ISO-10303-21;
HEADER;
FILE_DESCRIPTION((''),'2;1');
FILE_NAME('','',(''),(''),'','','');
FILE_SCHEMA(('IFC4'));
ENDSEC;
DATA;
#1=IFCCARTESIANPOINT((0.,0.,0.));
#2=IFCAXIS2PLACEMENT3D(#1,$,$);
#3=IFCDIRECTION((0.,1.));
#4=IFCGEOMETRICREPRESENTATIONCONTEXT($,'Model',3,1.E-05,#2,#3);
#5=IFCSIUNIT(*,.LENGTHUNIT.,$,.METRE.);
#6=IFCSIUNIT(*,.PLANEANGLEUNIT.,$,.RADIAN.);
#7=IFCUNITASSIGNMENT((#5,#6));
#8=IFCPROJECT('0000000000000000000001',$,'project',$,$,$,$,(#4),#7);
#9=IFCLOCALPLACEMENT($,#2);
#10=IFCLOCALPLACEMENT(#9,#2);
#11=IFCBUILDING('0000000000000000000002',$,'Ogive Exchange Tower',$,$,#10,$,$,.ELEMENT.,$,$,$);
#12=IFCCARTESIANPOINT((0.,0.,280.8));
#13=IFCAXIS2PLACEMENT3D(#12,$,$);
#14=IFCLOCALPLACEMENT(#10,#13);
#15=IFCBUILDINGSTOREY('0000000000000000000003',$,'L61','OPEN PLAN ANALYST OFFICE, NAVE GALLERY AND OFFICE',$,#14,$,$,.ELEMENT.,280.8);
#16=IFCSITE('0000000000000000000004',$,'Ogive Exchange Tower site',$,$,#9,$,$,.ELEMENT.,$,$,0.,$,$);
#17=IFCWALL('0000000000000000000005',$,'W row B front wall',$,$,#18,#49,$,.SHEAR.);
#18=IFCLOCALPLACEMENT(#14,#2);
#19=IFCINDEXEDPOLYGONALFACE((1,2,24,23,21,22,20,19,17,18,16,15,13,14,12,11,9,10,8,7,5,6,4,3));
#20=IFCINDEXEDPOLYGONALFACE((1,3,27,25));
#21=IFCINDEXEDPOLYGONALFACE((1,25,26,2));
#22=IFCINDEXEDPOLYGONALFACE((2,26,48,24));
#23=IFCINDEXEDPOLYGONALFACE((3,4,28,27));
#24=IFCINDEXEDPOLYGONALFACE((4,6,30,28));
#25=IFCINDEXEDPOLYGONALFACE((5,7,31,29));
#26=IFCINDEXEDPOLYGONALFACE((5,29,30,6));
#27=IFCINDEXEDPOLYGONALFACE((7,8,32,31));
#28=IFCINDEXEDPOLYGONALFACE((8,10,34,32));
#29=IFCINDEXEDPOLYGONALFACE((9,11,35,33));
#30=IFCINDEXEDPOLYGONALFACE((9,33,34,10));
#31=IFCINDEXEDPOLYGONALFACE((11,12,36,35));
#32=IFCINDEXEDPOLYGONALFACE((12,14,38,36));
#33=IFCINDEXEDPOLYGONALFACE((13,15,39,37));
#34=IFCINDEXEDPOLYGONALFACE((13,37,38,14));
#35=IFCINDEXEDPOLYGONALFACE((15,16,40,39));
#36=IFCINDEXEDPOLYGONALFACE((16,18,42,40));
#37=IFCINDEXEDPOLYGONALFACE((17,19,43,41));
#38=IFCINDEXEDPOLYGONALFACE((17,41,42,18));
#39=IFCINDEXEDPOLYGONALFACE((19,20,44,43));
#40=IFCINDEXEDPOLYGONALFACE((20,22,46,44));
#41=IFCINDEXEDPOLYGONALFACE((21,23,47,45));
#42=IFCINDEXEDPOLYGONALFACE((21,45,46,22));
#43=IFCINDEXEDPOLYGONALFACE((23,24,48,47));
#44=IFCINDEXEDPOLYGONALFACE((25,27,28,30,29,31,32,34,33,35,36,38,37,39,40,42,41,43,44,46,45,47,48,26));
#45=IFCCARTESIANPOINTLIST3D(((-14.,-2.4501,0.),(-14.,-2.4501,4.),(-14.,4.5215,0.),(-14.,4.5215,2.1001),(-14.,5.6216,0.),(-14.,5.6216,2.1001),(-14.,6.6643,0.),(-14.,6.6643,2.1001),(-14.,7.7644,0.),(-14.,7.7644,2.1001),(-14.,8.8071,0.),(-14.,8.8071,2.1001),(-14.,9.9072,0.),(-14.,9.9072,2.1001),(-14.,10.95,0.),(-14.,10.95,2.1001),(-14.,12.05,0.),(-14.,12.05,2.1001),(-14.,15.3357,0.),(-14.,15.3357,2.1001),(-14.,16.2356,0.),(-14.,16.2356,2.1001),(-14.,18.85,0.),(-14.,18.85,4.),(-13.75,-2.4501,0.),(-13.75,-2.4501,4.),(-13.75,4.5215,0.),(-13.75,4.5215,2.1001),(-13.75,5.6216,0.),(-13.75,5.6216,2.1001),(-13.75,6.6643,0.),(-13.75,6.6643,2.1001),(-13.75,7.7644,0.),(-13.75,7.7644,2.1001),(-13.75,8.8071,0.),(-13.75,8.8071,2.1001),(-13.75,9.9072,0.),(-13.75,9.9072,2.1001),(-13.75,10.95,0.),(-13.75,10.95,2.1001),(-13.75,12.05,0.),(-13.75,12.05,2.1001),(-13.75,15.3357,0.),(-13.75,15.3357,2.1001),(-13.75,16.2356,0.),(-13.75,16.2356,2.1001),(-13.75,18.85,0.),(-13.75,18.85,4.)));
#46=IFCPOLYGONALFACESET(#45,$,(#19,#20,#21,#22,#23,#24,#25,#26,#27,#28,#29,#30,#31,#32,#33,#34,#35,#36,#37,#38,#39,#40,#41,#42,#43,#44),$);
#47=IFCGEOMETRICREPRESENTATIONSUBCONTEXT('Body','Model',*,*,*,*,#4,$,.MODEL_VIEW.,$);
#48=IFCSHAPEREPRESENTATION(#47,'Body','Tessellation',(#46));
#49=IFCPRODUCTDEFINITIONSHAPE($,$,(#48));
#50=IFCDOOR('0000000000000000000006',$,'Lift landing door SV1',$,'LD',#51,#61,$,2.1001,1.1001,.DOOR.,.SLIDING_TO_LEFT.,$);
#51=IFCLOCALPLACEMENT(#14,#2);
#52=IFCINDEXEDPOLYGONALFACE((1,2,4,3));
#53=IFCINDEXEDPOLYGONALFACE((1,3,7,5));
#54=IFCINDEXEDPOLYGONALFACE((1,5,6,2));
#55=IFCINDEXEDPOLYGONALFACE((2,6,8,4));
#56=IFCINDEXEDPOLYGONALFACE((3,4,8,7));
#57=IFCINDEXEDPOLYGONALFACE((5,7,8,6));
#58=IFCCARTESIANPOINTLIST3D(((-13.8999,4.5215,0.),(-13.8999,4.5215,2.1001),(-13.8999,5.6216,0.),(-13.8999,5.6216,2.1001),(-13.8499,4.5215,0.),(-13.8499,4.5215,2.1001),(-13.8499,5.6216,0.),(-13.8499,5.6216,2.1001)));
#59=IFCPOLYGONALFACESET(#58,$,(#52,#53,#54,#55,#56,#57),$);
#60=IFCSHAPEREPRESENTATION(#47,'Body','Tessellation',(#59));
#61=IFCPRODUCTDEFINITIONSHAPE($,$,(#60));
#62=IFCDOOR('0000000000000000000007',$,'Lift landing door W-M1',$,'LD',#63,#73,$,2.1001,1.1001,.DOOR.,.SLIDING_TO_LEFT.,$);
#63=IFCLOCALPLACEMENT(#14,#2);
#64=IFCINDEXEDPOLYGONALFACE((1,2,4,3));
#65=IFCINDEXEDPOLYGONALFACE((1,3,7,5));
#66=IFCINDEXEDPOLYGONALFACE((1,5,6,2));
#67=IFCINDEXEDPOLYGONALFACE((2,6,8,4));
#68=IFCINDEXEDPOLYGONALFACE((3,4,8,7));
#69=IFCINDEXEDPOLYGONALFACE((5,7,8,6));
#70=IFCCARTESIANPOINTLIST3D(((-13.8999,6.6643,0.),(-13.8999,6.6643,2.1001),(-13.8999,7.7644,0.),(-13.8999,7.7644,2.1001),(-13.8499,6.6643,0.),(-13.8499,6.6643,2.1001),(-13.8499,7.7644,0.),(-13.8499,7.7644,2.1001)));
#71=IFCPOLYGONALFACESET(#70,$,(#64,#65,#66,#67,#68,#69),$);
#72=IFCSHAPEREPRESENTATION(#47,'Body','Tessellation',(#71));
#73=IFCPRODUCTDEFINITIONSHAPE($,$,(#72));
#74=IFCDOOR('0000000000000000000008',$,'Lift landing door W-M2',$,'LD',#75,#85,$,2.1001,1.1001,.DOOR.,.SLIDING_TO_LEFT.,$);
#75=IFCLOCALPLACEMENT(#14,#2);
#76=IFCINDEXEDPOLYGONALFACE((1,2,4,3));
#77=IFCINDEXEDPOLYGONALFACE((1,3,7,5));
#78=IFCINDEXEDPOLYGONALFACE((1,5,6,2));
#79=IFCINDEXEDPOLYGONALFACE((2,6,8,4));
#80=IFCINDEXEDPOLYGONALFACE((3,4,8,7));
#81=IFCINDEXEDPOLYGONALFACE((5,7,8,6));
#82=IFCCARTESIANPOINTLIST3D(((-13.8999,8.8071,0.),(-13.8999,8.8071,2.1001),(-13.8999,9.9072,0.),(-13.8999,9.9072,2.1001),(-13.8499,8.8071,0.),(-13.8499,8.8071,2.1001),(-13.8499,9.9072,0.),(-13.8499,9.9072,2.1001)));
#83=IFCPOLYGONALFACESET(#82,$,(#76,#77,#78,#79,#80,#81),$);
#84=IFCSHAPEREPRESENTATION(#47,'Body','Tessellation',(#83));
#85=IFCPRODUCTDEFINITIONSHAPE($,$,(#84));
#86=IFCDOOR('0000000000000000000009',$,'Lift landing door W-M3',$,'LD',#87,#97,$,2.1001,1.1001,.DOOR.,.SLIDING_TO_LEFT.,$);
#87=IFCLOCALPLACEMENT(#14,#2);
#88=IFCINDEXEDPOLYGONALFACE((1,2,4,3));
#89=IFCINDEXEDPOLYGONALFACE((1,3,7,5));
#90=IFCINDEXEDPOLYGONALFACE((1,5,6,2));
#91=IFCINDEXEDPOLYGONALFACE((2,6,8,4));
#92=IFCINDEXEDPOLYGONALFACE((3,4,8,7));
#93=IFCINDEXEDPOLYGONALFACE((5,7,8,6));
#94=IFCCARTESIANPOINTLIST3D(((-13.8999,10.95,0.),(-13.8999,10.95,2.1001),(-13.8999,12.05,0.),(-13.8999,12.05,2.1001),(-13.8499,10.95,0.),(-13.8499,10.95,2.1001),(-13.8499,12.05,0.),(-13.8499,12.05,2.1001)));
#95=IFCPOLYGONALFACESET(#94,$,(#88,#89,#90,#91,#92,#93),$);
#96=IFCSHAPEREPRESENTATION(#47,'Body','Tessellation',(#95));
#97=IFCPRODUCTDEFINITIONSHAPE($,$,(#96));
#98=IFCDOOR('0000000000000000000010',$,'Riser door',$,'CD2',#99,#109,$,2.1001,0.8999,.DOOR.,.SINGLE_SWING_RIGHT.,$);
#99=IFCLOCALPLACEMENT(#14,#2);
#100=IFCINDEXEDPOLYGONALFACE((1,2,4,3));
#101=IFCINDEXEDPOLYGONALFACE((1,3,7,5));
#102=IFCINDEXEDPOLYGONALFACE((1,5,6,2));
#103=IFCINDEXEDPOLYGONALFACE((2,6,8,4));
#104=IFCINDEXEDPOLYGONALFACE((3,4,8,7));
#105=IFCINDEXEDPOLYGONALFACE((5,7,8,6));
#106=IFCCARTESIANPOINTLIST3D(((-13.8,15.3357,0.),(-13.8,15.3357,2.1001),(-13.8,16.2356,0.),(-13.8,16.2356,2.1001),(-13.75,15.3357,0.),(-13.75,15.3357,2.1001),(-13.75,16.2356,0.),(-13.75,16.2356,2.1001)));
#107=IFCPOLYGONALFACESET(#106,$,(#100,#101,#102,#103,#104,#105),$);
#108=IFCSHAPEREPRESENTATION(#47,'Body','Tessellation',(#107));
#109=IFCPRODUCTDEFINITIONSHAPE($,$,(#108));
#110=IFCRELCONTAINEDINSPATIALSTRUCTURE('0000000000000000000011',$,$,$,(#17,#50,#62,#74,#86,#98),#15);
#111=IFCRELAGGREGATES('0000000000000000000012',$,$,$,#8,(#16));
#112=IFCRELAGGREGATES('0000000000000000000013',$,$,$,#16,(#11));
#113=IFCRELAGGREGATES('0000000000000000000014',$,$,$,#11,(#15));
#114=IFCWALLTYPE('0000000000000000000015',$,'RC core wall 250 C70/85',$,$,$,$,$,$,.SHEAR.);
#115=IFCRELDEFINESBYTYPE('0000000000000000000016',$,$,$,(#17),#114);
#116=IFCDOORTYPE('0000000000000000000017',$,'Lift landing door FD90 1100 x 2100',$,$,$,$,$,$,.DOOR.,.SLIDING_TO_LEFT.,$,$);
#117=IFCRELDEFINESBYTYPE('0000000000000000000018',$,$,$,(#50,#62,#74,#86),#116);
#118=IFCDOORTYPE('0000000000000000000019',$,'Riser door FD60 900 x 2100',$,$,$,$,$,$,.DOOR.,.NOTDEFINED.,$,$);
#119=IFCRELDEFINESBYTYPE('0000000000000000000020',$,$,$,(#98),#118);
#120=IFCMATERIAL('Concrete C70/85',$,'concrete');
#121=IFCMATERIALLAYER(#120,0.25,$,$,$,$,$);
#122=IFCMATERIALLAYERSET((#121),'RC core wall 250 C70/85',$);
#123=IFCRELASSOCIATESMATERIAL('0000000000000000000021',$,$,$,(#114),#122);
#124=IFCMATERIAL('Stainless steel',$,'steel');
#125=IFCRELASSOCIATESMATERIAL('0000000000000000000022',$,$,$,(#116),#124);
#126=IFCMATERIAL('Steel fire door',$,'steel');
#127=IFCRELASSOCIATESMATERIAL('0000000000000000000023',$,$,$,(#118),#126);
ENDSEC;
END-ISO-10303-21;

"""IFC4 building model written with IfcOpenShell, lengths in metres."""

from ifc_helpers import new_model, si_unit, direction, frame, frame_2d, origin, place, context, subcontext, project, spatial, rectangle, extrude, material, layer, layer_set, type_object, element, fill, save


model = new_model("IFC4")

# Units and contexts
model_context = context("Model", 3, precision=1e-05, world=origin(), true_north=direction((0.0, 1.0)))
body_context = subcontext(model_context, "Body", "Model", "MODEL_VIEW")
ifc_project = project(units=[si_unit("LENGTHUNIT", "METRE"), si_unit("PLANEANGLEUNIT", "RADIAN")], contexts=[model_context])

# Site, building, storey
site_placement = place(None, origin())
site = spatial("IfcSite", under=ifc_project, at=site_placement, Name="Ogive Exchange Tower site", CompositionType="ELEMENT", RefElevation=0.0)
building_placement = place(site_placement, origin())
building = spatial("IfcBuilding", under=site, at=building_placement, Name="Ogive Exchange Tower", CompositionType="ELEMENT")
storey_placement = place(building_placement, frame((0.0, 0.0, 280.8)))
storey = spatial("IfcBuildingStorey", under=building, at=storey_placement, Name="L61", Description="OPEN PLAN ANALYST OFFICE, NAVE GALLERY AND OFFICE", CompositionType="ELEMENT", Elevation=280.8)

# Shared definitions
ifc_material_1 = material(Name="Concrete C70/85", Category="concrete")
ifc_layer_1 = layer(ifc_material_1, 0.25)
ifc_layer_set_1 = layer_set([ifc_layer_1], Name="RC core wall 250 C70/85")
wall_type_1 = type_object("IfcWallType", Name="RC core wall 250 C70/85", PredefinedType="SHEAR", material=ifc_layer_set_1)
ifc_material_2 = material(Name="Steel fire door", Category="steel")

# Wall, openings, doors
wall_1_placement = place(storey_placement, frame((-13.875, -2.45, 0.0), z_axis=(0.0, 0.0, 1.0), x_axis=(0.0, 1.0, 0.0)))
wall_1 = element("IfcWall", 1, at=wall_1_placement, inside=storey, type_object=wall_type_1, Name="W row B front wall", PredefinedType="SHEAR", context=body_context, shape_type="SweptSolid", body=[
    extrude(rectangle(XDim=21.3, YDim=0.25, at=frame_2d((10.6499, 0.0))), origin(), (0.0, 0.0, 1.0), 4.0),
])
opening_1_placement = place(wall_1_placement, frame((17.7856, 0.0, 0.0)))
opening_1 = element("IfcOpeningElement", 2, at=opening_1_placement, cuts=wall_1, PredefinedType="OPENING", context=body_context, shape_type="SweptSolid", body=[
    extrude(rectangle(XDim=0.8999, YDim=2.1001, at=frame_2d((0.45, 1.05))), frame((0.0, 0.135, 0.0), z_axis=(0.0, -1.0, 0.0), x_axis=(1.0, 0.0, 0.0)), (0.0, 0.0, 1.0), 0.27),
])
opening_2_placement = place(wall_1_placement, frame((6.9714, 0.0, 0.0)))
opening_2 = element("IfcOpeningElement", 3, at=opening_2_placement, cuts=wall_1, PredefinedType="OPENING", context=body_context, shape_type="SweptSolid", body=[
    extrude(rectangle(XDim=1.1001, YDim=2.1001, at=frame_2d((0.55, 1.05))), frame((0.0, 0.135, 0.0), z_axis=(0.0, -1.0, 0.0), x_axis=(1.0, 0.0, 0.0)), (0.0, 0.0, 1.0), 0.27),
])
opening_3_placement = place(wall_1_placement, frame((9.1143, 0.0, 0.0)))
opening_3 = element("IfcOpeningElement", 4, at=opening_3_placement, cuts=wall_1, PredefinedType="OPENING", context=body_context, shape_type="SweptSolid", body=[
    extrude(rectangle(XDim=1.1001, YDim=2.1001, at=frame_2d((0.55, 1.05))), frame((0.0, 0.135, 0.0), z_axis=(0.0, -1.0, 0.0), x_axis=(1.0, 0.0, 0.0)), (0.0, 0.0, 1.0), 0.27),
])
opening_4_placement = place(wall_1_placement, frame((11.2571, 0.0, 0.0)))
opening_4 = element("IfcOpeningElement", 5, at=opening_4_placement, cuts=wall_1, PredefinedType="OPENING", context=body_context, shape_type="SweptSolid", body=[
    extrude(rectangle(XDim=1.1001, YDim=2.1001, at=frame_2d((0.55, 1.05))), frame((0.0, 0.135, 0.0), z_axis=(0.0, -1.0, 0.0), x_axis=(1.0, 0.0, 0.0)), (0.0, 0.0, 1.0), 0.27),
])
opening_5_placement = place(wall_1_placement, frame((13.3999, 0.0, 0.0)))
opening_5 = element("IfcOpeningElement", 6, at=opening_5_placement, cuts=wall_1, PredefinedType="OPENING", context=body_context, shape_type="SweptSolid", body=[
    extrude(rectangle(XDim=1.1001, YDim=2.1001, at=frame_2d((0.55, 1.05))), frame((0.0, 0.135, 0.0), z_axis=(0.0, -1.0, 0.0), x_axis=(1.0, 0.0, 0.0)), (0.0, 0.0, 1.0), 0.27),
])
ifc_material_3 = material(Name="Stainless steel", Category="steel")
door_type_1 = type_object("IfcDoorType", Name="Lift landing door FD90 1100 x 2100", OperationType="SLIDING_TO_LEFT", PredefinedType="DOOR", material=ifc_material_3)
door_1_placement = place(opening_2_placement, origin())
door_1 = element("IfcDoor", 7, at=door_1_placement, inside=storey, type_object=door_type_1, Name="Lift landing door SV1", ObjectType="LD", OperationType="SLIDING_TO_LEFT", OverallHeight=2.1001, OverallWidth=1.1001, PredefinedType="DOOR", context=body_context, shape_type="SweptSolid", body=[
    extrude(rectangle(XDim=1.1001, YDim=2.1001, at=frame_2d((0.55, 1.05))), frame((0.0, 0.0249, 0.0), z_axis=(0.0, -1.0, 0.0), x_axis=(1.0, 0.0, 0.0)), (0.0, 0.0, 1.0), 0.05),
])
fill(opening_2, door_1)
door_2_placement = place(opening_3_placement, origin())
door_2 = element("IfcDoor", 8, at=door_2_placement, inside=storey, type_object=door_type_1, Name="Lift landing door W-M1", ObjectType="LD", OperationType="SLIDING_TO_LEFT", OverallHeight=2.1001, OverallWidth=1.1001, PredefinedType="DOOR", context=body_context, shape_type="SweptSolid", body=[
    extrude(rectangle(XDim=1.1001, YDim=2.1001, at=frame_2d((0.55, 1.05))), frame((0.0, 0.0249, 0.0), z_axis=(0.0, -1.0, 0.0), x_axis=(1.0, 0.0, 0.0)), (0.0, 0.0, 1.0), 0.05),
])
fill(opening_3, door_2)
door_3_placement = place(opening_4_placement, origin())
door_3 = element("IfcDoor", 9, at=door_3_placement, inside=storey, type_object=door_type_1, Name="Lift landing door W-M2", ObjectType="LD", OperationType="SLIDING_TO_LEFT", OverallHeight=2.1001, OverallWidth=1.1001, PredefinedType="DOOR", context=body_context, shape_type="SweptSolid", body=[
    extrude(rectangle(XDim=1.1001, YDim=2.1001, at=frame_2d((0.55, 1.05))), frame((0.0, 0.0249, 0.0), z_axis=(0.0, -1.0, 0.0), x_axis=(1.0, 0.0, 0.0)), (0.0, 0.0, 1.0), 0.05),
])
fill(opening_4, door_3)
door_4_placement = place(opening_5_placement, origin())
door_4 = element("IfcDoor", 10, at=door_4_placement, inside=storey, type_object=door_type_1, Name="Lift landing door W-M3", ObjectType="LD", OperationType="SLIDING_TO_LEFT", OverallHeight=2.1001, OverallWidth=1.1001, PredefinedType="DOOR", context=body_context, shape_type="SweptSolid", body=[
    extrude(rectangle(XDim=1.1001, YDim=2.1001, at=frame_2d((0.55, 1.05))), frame((0.0, 0.0249, 0.0), z_axis=(0.0, -1.0, 0.0), x_axis=(1.0, 0.0, 0.0)), (0.0, 0.0, 1.0), 0.05),
])
fill(opening_5, door_4)
door_type_2 = type_object("IfcDoorType", Name="Riser door FD60 900 x 2100", OperationType="NOTDEFINED", PredefinedType="DOOR", material=ifc_material_2)
door_5_placement = place(opening_1_placement, frame((0.8999, -0.2002, 0.0), z_axis=(0.0, 0.0, 1.0), x_axis=(-1.0, 0.0, 0.0)))
door_5 = element("IfcDoor", 11, at=door_5_placement, inside=storey, type_object=door_type_2, Name="Riser door", ObjectType="CD2", OperationType="SINGLE_SWING_RIGHT", OverallHeight=2.1001, OverallWidth=0.8999, PredefinedType="DOOR", context=body_context, shape_type="SweptSolid", body=[
    extrude(rectangle(XDim=0.8999, YDim=2.1001, at=frame_2d((0.45, 1.05))), frame((0.0, -0.0752, 0.0), z_axis=(0.0, -1.0, 0.0), x_axis=(1.0, 0.0, 0.0)), (0.0, 0.0, 1.0), 0.05),
])
fill(opening_1, door_5)

save(model, "model.ifc")
